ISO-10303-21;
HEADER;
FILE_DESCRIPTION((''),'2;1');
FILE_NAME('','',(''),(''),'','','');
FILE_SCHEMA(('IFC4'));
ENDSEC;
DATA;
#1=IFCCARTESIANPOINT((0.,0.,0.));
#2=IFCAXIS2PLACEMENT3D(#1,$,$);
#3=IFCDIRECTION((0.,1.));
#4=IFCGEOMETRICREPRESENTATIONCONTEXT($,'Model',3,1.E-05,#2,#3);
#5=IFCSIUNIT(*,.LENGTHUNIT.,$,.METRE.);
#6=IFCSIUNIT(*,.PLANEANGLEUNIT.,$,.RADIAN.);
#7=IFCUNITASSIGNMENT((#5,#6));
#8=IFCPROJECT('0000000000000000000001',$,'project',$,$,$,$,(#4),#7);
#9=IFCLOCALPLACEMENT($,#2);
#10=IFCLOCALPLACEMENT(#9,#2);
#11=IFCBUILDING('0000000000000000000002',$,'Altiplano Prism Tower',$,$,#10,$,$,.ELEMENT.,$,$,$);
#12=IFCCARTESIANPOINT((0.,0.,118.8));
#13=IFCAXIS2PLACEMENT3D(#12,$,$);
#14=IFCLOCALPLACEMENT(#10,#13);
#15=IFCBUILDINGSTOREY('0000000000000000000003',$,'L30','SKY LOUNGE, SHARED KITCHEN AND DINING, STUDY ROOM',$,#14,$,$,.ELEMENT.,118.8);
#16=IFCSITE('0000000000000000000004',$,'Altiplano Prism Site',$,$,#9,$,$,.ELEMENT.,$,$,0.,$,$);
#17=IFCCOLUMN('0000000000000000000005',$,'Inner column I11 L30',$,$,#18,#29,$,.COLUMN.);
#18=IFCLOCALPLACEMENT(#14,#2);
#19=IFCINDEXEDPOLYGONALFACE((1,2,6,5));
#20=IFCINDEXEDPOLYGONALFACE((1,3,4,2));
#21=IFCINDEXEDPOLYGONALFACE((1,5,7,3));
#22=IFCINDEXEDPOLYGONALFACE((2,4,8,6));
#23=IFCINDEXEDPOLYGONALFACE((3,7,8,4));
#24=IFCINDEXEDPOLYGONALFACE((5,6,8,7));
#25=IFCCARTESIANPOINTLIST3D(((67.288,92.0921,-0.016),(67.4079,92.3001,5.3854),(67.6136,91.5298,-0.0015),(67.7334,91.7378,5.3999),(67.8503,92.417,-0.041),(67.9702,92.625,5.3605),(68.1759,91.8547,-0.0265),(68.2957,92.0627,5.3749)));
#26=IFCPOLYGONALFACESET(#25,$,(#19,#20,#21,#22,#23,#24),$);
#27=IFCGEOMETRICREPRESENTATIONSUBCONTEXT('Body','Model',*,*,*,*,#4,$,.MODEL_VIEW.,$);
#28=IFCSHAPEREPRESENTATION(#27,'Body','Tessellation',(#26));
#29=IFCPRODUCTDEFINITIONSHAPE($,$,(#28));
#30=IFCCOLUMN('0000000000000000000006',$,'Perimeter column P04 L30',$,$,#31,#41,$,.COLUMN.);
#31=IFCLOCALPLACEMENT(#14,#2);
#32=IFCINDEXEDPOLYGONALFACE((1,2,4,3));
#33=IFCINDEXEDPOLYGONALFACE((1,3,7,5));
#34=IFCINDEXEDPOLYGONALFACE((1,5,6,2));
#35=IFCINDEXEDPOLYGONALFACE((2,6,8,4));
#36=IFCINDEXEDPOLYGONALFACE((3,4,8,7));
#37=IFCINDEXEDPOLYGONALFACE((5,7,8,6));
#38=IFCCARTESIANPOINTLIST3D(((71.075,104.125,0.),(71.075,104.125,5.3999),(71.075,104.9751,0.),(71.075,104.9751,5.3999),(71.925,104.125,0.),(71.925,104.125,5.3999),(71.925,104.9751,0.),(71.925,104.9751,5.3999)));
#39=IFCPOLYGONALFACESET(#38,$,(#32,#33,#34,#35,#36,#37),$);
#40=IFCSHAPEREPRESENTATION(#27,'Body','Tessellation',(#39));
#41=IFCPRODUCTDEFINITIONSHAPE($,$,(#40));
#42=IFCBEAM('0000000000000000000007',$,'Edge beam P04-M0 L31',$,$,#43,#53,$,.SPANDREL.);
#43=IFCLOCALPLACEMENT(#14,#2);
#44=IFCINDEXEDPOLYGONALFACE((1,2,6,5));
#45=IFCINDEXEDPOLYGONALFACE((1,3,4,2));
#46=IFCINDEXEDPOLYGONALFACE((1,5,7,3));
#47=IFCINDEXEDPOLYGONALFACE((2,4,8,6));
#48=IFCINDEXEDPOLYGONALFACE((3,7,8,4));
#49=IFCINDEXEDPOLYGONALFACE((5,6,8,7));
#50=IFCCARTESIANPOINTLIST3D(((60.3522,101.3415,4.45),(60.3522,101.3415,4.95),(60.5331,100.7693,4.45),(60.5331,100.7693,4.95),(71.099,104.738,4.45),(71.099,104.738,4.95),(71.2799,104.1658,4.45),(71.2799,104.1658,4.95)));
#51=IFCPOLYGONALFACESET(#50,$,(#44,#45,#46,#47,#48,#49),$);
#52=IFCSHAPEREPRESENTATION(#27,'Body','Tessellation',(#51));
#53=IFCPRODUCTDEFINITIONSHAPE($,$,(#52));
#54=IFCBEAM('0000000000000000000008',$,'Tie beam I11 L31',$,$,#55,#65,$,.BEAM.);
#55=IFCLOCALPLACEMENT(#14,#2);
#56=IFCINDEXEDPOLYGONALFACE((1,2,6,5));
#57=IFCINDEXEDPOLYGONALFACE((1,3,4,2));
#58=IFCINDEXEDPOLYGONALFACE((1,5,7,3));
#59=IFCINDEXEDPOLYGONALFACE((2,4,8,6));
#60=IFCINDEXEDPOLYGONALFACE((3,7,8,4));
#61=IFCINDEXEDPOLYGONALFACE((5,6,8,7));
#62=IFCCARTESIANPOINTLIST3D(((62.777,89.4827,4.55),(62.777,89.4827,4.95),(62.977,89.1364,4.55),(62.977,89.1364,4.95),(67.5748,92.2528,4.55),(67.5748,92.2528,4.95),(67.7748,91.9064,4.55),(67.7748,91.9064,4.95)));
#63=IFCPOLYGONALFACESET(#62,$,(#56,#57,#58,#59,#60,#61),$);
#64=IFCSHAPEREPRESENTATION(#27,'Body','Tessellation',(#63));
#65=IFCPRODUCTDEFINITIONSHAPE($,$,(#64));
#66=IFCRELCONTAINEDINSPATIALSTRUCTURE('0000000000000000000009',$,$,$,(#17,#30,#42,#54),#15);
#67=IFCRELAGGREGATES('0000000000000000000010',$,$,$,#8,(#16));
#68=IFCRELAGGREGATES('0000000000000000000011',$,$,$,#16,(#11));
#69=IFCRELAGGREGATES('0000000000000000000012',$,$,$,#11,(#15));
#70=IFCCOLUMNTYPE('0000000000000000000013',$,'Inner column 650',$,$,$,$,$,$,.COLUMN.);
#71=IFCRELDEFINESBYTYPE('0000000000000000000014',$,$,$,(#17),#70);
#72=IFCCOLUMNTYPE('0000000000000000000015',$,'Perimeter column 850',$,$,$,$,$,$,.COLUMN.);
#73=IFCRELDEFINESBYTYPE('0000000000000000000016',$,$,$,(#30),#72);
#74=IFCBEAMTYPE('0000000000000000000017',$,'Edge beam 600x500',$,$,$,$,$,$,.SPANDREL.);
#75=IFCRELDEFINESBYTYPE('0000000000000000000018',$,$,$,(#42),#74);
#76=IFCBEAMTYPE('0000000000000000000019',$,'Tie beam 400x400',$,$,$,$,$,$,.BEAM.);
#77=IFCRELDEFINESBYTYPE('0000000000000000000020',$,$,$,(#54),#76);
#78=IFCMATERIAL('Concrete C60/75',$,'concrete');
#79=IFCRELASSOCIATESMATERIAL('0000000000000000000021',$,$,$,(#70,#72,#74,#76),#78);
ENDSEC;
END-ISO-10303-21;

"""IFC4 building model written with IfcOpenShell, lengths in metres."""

from ifc_helpers import new_model, si_unit, direction, frame, origin, origin_2d, place, context, subcontext, project, spatial, rectangle, extrude, material, material_profile, profile_set, type_object, element, save


model = new_model("IFC4")

# Units and contexts
model_context = context("Model", 3, precision=1e-05, world=origin(), true_north=direction((0.0, 1.0)))
body_context = subcontext(model_context, "Body", "Model", "MODEL_VIEW")
ifc_project = project(units=[si_unit("LENGTHUNIT", "METRE"), si_unit("PLANEANGLEUNIT", "RADIAN")], contexts=[model_context])

# Site, building, storey
site_placement = place(None, origin())
site = spatial("IfcSite", under=ifc_project, at=site_placement, Name="Altiplano Prism Site", CompositionType="ELEMENT", RefElevation=0.0)
building_placement = place(site_placement, origin())
building = spatial("IfcBuilding", under=site, at=building_placement, Name="Altiplano Prism Tower", CompositionType="ELEMENT")
storey_placement = place(building_placement, frame((0.0, 0.0, 118.8)))
storey = spatial("IfcBuildingStorey", under=building, at=storey_placement, Name="L30", Description="SKY LOUNGE, SHARED KITCHEN AND DINING, STUDY ROOM", CompositionType="ELEMENT", Elevation=118.8)

# Columns
ifc_material_1 = material(Name="Concrete C60/75", Category="concrete")
ifc_material_profile_1 = material_profile(ifc_material_1, rectangle(XDim=0.6499, YDim=0.6499, at=origin_2d()), Name="Inner column 650")
ifc_profile_set_1 = profile_set([ifc_material_profile_1], Name="Concrete C60/75")
column_type_1 = type_object("IfcColumnType", Name="Inner column 650", PredefinedType="COLUMN", material=ifc_profile_set_1)
column_1_placement = place(storey_placement, frame((67.7319, 91.9734, -0.0212), z_axis=(0.022171, 0.038472, 0.999014), x_axis=(-0.8652, -0.49995, 0.038455)))
element("IfcColumn", 1, at=column_1_placement, inside=storey, type_object=column_type_1, Name="Inner column I11 L30", PredefinedType="COLUMN", context=body_context, shape_type="SweptSolid", body=[
    extrude(rectangle(XDim=0.6499, YDim=0.6499, at=origin_2d()), origin(), (0.0, 0.0, 1.0), 5.4067),
])
ifc_material_profile_2 = material_profile(ifc_material_1, rectangle(XDim=0.8501, YDim=0.8501, at=origin_2d()), Name="Perimeter column 850")
ifc_profile_set_2 = profile_set([ifc_material_profile_2], Name="Concrete C60/75")
column_type_2 = type_object("IfcColumnType", Name="Perimeter column 850", PredefinedType="COLUMN", material=ifc_profile_set_2)
column_2_placement = place(storey_placement, frame((71.5, 104.55, 0.0), z_axis=(0.0, 0.0, 1.0), x_axis=(1.0, 0.0, 0.0)))
element("IfcColumn", 2, at=column_2_placement, inside=storey, type_object=column_type_2, Name="Perimeter column P04 L30", PredefinedType="COLUMN", context=body_context, shape_type="SweptSolid", body=[
    extrude(rectangle(XDim=0.8501, YDim=0.8501, at=origin_2d()), origin(), (0.0, 0.0, 1.0), 5.3999),
])

# Beams
ifc_material_profile_3 = material_profile(ifc_material_1, rectangle(XDim=0.6001, YDim=0.5, at=origin_2d()), Name="Edge beam 600x500")
ifc_profile_set_3 = profile_set([ifc_material_profile_3], Name="Concrete C60/75")
beam_type_1 = type_object("IfcBeamType", Name="Edge beam 600x500", PredefinedType="SPANDREL", material=ifc_profile_set_3)
beam_1_placement = place(storey_placement, frame((71.1895, 104.4519, 4.7), z_axis=(-0.953513, -0.301353, 0.0), x_axis=(0.301353, -0.953513, 0.0)))
element("IfcBeam", 3, at=beam_1_placement, inside=storey, type_object=beam_type_1, Name="Edge beam P04-M0 L31", PredefinedType="SPANDREL", context=body_context, shape_type="SweptSolid", body=[
    extrude(rectangle(XDim=0.6001, YDim=0.5, at=origin_2d()), origin(), (0.0, 0.0, 1.0), 11.2708),
])
ifc_material_profile_4 = material_profile(ifc_material_1, rectangle(XDim=0.3999, YDim=0.3999, at=origin_2d()), Name="Tie beam 400x400")
ifc_profile_set_4 = profile_set([ifc_material_profile_4], Name="Concrete C60/75")
beam_type_2 = type_object("IfcBeamType", Name="Tie beam 400x400", PredefinedType="BEAM", material=ifc_profile_set_4)
beam_2_placement = place(storey_placement, frame((67.6748, 92.0796, 4.75), z_axis=(-0.866027, -0.499997, 0.0), x_axis=(0.499997, -0.866027, 0.0)))
element("IfcBeam", 4, at=beam_2_placement, inside=storey, type_object=beam_type_2, Name="Tie beam I11 L31", PredefinedType="BEAM", context=body_context, shape_type="SweptSolid", body=[
    extrude(rectangle(XDim=0.3999, YDim=0.3999, at=origin_2d()), origin(), (0.0, 0.0, 1.0), 5.54),
])

save(model, "model.ifc")
